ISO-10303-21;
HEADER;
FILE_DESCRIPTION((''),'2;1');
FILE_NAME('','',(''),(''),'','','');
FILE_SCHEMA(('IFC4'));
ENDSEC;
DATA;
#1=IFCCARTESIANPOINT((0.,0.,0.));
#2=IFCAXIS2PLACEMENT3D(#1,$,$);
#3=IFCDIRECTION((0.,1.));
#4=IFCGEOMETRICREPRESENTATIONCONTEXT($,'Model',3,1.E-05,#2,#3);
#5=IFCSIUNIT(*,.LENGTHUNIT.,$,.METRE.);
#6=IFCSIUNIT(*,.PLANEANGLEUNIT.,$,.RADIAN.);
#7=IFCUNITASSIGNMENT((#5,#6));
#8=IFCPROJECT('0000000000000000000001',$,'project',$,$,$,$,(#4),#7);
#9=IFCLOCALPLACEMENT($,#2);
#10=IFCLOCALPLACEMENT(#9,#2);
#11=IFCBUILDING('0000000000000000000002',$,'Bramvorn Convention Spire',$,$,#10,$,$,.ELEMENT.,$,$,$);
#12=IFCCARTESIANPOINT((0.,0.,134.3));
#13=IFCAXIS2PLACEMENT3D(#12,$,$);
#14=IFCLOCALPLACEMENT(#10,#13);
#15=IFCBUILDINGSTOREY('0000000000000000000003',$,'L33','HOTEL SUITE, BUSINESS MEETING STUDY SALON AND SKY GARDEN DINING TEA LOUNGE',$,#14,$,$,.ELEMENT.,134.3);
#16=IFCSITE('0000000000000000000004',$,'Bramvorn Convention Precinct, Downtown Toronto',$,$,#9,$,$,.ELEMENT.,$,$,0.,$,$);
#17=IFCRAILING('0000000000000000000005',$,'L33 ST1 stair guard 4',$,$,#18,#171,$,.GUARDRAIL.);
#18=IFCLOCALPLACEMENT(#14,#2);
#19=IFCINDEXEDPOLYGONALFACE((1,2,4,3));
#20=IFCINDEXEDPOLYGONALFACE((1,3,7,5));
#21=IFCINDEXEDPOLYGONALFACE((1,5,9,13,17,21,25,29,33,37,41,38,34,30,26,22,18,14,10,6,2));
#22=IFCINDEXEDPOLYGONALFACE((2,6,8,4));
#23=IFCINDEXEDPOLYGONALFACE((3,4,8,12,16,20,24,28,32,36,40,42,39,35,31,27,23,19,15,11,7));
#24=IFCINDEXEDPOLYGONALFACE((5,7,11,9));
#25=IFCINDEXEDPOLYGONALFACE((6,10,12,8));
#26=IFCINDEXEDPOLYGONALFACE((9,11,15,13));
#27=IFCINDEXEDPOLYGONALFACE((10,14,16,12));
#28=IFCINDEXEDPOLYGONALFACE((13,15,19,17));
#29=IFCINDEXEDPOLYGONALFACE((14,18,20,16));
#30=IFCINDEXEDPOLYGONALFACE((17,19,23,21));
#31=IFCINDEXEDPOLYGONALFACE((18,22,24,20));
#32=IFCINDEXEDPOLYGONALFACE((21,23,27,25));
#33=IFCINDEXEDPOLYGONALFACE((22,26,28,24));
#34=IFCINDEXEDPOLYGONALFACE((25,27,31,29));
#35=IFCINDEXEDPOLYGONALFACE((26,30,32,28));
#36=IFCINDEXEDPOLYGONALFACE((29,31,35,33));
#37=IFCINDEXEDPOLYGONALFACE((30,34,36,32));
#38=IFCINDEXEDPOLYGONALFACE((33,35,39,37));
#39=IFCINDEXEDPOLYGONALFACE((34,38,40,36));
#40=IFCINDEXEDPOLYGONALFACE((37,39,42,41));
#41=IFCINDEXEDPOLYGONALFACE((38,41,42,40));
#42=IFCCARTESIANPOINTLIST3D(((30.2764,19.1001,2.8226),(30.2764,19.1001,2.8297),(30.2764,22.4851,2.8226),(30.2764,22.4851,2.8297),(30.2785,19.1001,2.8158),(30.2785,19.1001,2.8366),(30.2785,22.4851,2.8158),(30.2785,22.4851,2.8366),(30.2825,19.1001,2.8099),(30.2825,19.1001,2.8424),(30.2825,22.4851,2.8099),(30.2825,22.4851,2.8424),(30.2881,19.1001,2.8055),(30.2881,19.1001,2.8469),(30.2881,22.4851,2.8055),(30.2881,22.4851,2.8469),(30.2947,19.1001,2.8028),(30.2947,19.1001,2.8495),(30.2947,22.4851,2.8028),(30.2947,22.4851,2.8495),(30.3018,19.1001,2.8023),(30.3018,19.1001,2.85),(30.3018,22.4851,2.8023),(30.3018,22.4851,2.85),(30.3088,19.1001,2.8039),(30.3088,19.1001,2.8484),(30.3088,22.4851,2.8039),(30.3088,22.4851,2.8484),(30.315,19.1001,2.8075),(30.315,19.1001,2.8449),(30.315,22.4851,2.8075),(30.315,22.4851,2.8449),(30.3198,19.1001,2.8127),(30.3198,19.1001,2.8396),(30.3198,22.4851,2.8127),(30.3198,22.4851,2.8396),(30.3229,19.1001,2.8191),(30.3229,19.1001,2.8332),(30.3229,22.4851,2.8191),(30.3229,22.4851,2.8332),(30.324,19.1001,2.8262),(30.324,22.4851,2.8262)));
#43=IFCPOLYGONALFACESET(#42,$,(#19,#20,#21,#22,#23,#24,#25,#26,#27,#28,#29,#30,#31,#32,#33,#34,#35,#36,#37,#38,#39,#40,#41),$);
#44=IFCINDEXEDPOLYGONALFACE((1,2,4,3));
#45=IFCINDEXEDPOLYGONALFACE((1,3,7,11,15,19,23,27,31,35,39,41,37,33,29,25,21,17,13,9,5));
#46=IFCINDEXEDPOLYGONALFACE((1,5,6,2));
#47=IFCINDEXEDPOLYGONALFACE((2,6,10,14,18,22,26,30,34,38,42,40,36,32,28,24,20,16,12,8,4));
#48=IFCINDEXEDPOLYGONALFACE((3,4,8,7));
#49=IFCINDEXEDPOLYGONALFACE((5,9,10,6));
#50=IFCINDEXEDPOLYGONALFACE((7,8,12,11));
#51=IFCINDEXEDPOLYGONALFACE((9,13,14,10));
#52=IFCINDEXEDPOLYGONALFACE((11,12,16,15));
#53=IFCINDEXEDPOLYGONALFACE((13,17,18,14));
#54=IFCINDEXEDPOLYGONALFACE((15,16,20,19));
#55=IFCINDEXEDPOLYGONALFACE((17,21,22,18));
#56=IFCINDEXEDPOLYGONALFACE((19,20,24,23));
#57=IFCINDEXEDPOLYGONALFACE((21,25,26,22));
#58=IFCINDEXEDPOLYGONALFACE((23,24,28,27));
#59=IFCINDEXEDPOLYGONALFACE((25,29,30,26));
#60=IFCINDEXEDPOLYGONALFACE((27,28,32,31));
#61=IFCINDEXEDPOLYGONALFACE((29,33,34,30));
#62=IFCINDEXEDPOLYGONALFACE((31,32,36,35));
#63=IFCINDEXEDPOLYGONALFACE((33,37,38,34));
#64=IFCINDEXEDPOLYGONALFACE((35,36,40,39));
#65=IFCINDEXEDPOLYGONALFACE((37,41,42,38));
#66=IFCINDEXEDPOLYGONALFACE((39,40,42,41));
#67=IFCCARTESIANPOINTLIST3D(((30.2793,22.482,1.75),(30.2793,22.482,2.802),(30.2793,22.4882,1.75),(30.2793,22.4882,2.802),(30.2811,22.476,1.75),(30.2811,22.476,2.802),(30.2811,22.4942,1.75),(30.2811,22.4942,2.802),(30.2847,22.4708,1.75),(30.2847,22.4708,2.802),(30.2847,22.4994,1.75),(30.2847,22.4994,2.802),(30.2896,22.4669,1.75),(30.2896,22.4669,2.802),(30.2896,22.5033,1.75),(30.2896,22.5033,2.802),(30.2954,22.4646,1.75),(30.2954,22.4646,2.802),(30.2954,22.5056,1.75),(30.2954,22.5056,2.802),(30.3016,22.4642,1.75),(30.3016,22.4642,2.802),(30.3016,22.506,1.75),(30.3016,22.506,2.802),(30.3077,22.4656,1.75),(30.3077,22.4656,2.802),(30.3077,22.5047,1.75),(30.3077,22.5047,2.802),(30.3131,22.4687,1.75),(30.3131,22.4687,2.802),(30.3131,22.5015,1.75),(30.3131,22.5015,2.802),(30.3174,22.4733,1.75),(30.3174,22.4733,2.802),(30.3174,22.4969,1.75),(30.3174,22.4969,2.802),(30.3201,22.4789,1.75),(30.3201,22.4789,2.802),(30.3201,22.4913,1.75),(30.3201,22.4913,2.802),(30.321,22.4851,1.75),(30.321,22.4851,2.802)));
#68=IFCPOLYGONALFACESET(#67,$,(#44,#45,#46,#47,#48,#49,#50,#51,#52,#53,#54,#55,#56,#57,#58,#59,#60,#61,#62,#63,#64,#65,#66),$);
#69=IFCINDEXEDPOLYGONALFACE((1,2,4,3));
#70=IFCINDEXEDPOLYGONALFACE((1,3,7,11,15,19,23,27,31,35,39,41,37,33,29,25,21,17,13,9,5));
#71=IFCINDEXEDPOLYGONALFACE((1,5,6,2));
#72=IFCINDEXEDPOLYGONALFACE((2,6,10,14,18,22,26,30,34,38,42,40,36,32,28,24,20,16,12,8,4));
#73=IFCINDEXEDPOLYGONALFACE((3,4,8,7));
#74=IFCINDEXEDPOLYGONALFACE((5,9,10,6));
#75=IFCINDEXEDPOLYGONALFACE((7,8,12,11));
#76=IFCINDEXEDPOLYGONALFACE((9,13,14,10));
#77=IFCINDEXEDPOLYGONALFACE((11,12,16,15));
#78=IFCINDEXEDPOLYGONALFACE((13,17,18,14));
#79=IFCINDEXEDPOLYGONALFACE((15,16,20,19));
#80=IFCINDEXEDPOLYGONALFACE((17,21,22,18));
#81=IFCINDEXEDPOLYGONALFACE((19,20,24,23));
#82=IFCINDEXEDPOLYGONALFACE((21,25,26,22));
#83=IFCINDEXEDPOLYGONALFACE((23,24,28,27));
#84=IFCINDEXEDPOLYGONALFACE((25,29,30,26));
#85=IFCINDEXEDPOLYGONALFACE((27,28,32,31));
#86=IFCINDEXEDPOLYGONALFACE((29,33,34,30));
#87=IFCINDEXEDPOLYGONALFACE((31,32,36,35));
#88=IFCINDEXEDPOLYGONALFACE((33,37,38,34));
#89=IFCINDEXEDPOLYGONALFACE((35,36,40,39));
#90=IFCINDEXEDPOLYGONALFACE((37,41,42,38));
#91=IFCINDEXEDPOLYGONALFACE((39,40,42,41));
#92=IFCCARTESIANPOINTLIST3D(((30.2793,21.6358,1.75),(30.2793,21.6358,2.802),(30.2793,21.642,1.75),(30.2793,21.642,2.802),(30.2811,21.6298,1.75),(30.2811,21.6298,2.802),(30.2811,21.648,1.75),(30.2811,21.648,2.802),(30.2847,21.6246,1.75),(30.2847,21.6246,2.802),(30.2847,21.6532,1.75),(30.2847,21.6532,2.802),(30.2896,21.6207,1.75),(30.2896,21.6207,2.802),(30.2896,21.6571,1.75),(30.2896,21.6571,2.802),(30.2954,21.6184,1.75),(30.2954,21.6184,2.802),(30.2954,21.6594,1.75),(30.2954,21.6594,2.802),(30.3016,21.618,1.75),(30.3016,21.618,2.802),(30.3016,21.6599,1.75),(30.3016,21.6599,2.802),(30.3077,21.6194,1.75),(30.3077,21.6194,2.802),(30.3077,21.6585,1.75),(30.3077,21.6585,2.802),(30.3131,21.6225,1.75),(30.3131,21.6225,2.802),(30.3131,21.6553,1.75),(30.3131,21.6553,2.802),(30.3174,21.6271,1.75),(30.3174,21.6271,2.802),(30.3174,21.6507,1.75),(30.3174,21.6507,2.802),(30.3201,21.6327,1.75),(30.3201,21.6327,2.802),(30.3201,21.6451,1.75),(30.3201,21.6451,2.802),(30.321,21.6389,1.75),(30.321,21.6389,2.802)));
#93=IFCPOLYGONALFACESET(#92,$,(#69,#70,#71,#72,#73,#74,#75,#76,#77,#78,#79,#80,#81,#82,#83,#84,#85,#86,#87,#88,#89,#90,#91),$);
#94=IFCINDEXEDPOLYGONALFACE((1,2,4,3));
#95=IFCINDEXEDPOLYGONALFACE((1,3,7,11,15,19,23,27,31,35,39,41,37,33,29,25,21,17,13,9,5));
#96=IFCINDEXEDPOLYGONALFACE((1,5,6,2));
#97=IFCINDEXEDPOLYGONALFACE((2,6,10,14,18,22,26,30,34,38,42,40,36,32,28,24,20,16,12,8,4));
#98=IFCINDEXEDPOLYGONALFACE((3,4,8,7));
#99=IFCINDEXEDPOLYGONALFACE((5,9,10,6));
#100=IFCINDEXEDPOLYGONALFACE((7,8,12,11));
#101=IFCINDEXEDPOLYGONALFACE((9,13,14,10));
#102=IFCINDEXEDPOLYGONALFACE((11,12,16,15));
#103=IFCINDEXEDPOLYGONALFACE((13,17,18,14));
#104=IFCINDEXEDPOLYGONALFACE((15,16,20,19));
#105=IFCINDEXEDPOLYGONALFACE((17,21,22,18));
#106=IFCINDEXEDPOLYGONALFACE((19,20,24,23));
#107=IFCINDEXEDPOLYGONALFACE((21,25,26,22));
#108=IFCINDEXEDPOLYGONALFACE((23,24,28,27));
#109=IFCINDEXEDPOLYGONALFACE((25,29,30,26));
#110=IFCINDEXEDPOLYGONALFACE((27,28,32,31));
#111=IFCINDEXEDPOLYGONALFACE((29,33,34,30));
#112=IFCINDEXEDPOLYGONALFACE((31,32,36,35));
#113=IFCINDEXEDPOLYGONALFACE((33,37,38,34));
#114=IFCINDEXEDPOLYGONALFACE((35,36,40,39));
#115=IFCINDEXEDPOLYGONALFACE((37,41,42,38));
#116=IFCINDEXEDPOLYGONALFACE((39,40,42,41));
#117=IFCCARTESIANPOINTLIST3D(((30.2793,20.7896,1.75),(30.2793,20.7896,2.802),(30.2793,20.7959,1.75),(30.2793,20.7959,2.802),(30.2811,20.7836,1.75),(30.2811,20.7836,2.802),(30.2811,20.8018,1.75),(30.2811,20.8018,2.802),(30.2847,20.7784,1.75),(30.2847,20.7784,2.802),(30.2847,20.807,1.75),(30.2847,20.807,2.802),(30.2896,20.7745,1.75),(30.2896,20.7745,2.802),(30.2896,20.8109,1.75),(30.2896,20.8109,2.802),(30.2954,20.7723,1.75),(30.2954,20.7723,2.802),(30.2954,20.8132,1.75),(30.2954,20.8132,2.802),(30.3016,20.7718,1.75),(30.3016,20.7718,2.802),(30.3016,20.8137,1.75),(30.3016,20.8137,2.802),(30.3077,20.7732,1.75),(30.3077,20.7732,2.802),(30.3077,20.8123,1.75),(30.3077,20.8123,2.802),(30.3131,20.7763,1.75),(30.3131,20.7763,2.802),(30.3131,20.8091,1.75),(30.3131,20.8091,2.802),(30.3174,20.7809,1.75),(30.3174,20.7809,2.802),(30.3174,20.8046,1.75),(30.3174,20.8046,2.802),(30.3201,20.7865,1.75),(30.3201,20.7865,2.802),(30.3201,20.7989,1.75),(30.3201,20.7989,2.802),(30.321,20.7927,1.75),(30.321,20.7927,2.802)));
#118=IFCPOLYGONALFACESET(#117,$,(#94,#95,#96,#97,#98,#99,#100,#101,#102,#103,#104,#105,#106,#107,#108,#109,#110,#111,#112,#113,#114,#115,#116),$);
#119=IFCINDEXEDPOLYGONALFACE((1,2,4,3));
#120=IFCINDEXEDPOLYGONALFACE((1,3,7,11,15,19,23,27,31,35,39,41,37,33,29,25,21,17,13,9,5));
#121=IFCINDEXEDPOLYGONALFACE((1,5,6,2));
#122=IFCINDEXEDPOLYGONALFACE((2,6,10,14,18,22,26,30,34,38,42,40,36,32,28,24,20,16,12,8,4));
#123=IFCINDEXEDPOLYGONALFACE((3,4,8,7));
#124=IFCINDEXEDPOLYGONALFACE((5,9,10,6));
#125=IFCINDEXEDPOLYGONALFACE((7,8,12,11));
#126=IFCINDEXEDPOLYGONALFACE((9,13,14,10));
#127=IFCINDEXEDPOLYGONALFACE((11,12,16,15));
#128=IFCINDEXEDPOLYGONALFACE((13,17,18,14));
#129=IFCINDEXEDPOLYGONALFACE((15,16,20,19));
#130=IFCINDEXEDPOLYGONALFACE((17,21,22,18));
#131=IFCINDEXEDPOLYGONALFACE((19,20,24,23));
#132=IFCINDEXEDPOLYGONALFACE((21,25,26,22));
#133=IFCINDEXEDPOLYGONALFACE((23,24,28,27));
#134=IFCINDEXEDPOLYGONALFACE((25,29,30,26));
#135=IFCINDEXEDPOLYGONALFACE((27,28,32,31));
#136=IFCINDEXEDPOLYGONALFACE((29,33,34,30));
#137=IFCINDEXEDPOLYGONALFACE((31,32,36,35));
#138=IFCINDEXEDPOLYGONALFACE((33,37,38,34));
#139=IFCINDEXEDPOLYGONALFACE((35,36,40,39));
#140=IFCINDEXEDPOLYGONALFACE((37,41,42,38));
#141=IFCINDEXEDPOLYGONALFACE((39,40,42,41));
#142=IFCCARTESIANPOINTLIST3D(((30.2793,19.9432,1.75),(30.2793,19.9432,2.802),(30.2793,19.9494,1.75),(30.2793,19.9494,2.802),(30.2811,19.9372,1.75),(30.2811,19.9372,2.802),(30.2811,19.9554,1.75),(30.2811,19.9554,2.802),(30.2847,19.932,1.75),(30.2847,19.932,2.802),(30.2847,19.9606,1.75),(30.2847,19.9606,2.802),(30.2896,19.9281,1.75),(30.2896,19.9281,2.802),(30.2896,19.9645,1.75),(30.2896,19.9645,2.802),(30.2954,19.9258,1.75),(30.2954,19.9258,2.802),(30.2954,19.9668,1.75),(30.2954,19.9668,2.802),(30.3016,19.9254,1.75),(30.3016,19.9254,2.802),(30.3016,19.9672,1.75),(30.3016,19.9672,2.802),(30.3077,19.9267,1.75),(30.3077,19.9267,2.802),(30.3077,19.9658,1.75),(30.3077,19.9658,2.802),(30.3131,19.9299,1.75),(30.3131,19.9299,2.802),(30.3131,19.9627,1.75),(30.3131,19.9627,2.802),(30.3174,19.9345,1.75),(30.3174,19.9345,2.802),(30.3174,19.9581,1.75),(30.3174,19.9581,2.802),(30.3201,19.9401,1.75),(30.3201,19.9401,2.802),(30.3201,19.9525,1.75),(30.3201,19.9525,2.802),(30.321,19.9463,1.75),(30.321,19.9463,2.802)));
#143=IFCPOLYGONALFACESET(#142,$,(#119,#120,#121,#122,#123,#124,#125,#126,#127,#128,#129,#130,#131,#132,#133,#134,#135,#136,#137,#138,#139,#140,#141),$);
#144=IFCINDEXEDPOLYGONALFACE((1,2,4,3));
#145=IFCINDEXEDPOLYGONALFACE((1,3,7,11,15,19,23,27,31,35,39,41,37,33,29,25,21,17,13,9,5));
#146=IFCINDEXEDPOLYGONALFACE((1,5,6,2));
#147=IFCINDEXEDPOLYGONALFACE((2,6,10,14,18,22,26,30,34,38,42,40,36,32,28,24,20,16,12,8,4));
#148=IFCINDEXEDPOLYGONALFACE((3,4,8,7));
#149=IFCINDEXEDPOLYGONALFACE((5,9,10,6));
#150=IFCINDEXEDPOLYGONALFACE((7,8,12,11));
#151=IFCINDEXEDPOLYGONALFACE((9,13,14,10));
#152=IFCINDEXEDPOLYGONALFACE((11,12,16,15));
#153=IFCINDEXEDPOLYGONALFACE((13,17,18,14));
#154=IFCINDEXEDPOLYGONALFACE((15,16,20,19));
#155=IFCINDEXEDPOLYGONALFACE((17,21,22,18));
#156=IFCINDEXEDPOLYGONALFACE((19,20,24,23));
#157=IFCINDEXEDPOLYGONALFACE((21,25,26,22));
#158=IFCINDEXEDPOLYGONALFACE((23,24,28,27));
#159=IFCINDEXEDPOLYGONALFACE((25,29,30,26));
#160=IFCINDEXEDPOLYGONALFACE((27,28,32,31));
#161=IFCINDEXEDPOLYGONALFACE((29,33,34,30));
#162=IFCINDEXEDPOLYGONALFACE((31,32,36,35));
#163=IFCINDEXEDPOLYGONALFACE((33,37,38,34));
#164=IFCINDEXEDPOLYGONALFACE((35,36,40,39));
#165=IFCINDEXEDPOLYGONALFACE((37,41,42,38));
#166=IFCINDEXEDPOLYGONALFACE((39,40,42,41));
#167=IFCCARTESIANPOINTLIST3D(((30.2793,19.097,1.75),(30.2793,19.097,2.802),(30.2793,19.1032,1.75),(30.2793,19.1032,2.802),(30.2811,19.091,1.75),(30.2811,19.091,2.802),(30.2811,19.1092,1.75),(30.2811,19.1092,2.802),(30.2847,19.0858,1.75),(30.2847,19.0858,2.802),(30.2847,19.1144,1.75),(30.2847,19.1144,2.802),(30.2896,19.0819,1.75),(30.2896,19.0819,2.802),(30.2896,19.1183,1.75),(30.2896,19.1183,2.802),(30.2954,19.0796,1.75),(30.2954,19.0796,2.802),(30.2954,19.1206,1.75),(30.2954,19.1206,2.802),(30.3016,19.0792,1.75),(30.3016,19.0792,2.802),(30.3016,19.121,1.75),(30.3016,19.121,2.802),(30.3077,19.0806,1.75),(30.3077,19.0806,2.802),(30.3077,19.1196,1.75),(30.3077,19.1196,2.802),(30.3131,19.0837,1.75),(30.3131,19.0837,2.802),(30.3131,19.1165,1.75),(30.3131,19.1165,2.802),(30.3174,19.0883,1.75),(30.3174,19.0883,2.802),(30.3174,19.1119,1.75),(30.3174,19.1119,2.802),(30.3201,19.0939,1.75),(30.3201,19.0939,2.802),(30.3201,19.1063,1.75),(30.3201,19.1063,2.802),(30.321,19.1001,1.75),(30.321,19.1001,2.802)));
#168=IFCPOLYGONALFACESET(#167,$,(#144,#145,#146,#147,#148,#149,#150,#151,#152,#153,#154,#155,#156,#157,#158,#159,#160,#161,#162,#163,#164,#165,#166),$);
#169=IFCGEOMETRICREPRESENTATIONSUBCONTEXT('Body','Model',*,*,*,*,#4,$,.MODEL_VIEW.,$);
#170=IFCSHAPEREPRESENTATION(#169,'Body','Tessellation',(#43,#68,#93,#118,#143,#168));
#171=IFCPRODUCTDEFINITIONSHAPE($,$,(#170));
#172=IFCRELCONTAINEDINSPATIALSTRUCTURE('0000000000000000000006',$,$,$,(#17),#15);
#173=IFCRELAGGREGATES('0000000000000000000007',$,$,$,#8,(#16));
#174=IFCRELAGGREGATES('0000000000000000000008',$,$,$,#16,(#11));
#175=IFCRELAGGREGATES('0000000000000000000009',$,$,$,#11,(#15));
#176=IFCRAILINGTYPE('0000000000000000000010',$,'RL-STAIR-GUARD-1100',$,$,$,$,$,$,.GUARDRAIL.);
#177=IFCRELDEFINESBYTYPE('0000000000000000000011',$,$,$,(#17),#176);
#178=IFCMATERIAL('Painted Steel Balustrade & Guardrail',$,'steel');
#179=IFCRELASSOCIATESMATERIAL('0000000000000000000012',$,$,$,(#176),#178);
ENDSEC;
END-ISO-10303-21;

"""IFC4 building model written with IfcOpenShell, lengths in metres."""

from ifc_helpers import new_model, si_unit, direction, frame, origin, origin_2d, place, context, subcontext, project, spatial, circle, extrude, material, type_object, element, save


model = new_model("IFC4")

# Units and contexts
model_context = context("Model", 3, precision=1e-05, world=origin(), true_north=direction((0.0, 1.0)))
body_context = subcontext(model_context, "Body", "Model", "MODEL_VIEW")
ifc_project = project(units=[si_unit("LENGTHUNIT", "METRE"), si_unit("PLANEANGLEUNIT", "RADIAN")], contexts=[model_context])

# Site, building, storey
site_placement = place(None, origin())
site = spatial("IfcSite", under=ifc_project, at=site_placement, Name="Bramvorn Convention Precinct, Downtown Toronto", CompositionType="ELEMENT", RefElevation=0.0)
building_placement = place(site_placement, origin())
building = spatial("IfcBuilding", under=site, at=building_placement, Name="Bramvorn Convention Spire", CompositionType="ELEMENT")
storey_placement = place(building_placement, frame((0.0, 0.0, 134.3)))
storey = spatial("IfcBuildingStorey", under=building, at=storey_placement, Name="L33", Description="HOTEL SUITE, BUSINESS MEETING STUDY SALON AND SKY GARDEN DINING TEA LOUNGE", CompositionType="ELEMENT", Elevation=134.3)

# Railing
ifc_material_1 = material(Name="Painted Steel Balustrade & Guardrail", Category="steel")
railing_type_1 = type_object("IfcRailingType", Name="RL-STAIR-GUARD-1100", PredefinedType="GUARDRAIL", material=ifc_material_1)
railing_1_placement = place(storey_placement, frame((30.3, 22.4851, 1.75)))
element("IfcRailing", 1, at=railing_1_placement, inside=storey, type_object=railing_type_1, Name="L33 ST1 stair guard 4", PredefinedType="GUARDRAIL", context=body_context, shape_type="SweptSolid", body=[
    extrude(circle(Radius=0.0239, at=origin_2d()), frame((0.0, 0.0, 1.0762), z_axis=(0.0, -1.0, 0.0), x_axis=(1.0, 0.0, 0.0)), (0.0, 0.0, 1.0), 3.385),
    extrude(circle(Radius=0.021, at=origin_2d()), origin(), (0.0, 0.0, 1.0), 1.052),
    extrude(circle(Radius=0.021, at=origin_2d()), frame((0.0, -0.8462, 0.0)), (0.0, 0.0, 1.0), 1.052),
    extrude(circle(Radius=0.021, at=origin_2d()), frame((0.0, -1.6924, 0.0)), (0.0, 0.0, 1.0), 1.052),
    extrude(circle(Radius=0.021, at=origin_2d()), frame((0.0, -2.5388, 0.0)), (0.0, 0.0, 1.0), 1.052),
    extrude(circle(Radius=0.021, at=origin_2d()), frame((0.0, -3.385, 0.0)), (0.0, 0.0, 1.0), 1.052),
])

save(model, "model.ifc")
